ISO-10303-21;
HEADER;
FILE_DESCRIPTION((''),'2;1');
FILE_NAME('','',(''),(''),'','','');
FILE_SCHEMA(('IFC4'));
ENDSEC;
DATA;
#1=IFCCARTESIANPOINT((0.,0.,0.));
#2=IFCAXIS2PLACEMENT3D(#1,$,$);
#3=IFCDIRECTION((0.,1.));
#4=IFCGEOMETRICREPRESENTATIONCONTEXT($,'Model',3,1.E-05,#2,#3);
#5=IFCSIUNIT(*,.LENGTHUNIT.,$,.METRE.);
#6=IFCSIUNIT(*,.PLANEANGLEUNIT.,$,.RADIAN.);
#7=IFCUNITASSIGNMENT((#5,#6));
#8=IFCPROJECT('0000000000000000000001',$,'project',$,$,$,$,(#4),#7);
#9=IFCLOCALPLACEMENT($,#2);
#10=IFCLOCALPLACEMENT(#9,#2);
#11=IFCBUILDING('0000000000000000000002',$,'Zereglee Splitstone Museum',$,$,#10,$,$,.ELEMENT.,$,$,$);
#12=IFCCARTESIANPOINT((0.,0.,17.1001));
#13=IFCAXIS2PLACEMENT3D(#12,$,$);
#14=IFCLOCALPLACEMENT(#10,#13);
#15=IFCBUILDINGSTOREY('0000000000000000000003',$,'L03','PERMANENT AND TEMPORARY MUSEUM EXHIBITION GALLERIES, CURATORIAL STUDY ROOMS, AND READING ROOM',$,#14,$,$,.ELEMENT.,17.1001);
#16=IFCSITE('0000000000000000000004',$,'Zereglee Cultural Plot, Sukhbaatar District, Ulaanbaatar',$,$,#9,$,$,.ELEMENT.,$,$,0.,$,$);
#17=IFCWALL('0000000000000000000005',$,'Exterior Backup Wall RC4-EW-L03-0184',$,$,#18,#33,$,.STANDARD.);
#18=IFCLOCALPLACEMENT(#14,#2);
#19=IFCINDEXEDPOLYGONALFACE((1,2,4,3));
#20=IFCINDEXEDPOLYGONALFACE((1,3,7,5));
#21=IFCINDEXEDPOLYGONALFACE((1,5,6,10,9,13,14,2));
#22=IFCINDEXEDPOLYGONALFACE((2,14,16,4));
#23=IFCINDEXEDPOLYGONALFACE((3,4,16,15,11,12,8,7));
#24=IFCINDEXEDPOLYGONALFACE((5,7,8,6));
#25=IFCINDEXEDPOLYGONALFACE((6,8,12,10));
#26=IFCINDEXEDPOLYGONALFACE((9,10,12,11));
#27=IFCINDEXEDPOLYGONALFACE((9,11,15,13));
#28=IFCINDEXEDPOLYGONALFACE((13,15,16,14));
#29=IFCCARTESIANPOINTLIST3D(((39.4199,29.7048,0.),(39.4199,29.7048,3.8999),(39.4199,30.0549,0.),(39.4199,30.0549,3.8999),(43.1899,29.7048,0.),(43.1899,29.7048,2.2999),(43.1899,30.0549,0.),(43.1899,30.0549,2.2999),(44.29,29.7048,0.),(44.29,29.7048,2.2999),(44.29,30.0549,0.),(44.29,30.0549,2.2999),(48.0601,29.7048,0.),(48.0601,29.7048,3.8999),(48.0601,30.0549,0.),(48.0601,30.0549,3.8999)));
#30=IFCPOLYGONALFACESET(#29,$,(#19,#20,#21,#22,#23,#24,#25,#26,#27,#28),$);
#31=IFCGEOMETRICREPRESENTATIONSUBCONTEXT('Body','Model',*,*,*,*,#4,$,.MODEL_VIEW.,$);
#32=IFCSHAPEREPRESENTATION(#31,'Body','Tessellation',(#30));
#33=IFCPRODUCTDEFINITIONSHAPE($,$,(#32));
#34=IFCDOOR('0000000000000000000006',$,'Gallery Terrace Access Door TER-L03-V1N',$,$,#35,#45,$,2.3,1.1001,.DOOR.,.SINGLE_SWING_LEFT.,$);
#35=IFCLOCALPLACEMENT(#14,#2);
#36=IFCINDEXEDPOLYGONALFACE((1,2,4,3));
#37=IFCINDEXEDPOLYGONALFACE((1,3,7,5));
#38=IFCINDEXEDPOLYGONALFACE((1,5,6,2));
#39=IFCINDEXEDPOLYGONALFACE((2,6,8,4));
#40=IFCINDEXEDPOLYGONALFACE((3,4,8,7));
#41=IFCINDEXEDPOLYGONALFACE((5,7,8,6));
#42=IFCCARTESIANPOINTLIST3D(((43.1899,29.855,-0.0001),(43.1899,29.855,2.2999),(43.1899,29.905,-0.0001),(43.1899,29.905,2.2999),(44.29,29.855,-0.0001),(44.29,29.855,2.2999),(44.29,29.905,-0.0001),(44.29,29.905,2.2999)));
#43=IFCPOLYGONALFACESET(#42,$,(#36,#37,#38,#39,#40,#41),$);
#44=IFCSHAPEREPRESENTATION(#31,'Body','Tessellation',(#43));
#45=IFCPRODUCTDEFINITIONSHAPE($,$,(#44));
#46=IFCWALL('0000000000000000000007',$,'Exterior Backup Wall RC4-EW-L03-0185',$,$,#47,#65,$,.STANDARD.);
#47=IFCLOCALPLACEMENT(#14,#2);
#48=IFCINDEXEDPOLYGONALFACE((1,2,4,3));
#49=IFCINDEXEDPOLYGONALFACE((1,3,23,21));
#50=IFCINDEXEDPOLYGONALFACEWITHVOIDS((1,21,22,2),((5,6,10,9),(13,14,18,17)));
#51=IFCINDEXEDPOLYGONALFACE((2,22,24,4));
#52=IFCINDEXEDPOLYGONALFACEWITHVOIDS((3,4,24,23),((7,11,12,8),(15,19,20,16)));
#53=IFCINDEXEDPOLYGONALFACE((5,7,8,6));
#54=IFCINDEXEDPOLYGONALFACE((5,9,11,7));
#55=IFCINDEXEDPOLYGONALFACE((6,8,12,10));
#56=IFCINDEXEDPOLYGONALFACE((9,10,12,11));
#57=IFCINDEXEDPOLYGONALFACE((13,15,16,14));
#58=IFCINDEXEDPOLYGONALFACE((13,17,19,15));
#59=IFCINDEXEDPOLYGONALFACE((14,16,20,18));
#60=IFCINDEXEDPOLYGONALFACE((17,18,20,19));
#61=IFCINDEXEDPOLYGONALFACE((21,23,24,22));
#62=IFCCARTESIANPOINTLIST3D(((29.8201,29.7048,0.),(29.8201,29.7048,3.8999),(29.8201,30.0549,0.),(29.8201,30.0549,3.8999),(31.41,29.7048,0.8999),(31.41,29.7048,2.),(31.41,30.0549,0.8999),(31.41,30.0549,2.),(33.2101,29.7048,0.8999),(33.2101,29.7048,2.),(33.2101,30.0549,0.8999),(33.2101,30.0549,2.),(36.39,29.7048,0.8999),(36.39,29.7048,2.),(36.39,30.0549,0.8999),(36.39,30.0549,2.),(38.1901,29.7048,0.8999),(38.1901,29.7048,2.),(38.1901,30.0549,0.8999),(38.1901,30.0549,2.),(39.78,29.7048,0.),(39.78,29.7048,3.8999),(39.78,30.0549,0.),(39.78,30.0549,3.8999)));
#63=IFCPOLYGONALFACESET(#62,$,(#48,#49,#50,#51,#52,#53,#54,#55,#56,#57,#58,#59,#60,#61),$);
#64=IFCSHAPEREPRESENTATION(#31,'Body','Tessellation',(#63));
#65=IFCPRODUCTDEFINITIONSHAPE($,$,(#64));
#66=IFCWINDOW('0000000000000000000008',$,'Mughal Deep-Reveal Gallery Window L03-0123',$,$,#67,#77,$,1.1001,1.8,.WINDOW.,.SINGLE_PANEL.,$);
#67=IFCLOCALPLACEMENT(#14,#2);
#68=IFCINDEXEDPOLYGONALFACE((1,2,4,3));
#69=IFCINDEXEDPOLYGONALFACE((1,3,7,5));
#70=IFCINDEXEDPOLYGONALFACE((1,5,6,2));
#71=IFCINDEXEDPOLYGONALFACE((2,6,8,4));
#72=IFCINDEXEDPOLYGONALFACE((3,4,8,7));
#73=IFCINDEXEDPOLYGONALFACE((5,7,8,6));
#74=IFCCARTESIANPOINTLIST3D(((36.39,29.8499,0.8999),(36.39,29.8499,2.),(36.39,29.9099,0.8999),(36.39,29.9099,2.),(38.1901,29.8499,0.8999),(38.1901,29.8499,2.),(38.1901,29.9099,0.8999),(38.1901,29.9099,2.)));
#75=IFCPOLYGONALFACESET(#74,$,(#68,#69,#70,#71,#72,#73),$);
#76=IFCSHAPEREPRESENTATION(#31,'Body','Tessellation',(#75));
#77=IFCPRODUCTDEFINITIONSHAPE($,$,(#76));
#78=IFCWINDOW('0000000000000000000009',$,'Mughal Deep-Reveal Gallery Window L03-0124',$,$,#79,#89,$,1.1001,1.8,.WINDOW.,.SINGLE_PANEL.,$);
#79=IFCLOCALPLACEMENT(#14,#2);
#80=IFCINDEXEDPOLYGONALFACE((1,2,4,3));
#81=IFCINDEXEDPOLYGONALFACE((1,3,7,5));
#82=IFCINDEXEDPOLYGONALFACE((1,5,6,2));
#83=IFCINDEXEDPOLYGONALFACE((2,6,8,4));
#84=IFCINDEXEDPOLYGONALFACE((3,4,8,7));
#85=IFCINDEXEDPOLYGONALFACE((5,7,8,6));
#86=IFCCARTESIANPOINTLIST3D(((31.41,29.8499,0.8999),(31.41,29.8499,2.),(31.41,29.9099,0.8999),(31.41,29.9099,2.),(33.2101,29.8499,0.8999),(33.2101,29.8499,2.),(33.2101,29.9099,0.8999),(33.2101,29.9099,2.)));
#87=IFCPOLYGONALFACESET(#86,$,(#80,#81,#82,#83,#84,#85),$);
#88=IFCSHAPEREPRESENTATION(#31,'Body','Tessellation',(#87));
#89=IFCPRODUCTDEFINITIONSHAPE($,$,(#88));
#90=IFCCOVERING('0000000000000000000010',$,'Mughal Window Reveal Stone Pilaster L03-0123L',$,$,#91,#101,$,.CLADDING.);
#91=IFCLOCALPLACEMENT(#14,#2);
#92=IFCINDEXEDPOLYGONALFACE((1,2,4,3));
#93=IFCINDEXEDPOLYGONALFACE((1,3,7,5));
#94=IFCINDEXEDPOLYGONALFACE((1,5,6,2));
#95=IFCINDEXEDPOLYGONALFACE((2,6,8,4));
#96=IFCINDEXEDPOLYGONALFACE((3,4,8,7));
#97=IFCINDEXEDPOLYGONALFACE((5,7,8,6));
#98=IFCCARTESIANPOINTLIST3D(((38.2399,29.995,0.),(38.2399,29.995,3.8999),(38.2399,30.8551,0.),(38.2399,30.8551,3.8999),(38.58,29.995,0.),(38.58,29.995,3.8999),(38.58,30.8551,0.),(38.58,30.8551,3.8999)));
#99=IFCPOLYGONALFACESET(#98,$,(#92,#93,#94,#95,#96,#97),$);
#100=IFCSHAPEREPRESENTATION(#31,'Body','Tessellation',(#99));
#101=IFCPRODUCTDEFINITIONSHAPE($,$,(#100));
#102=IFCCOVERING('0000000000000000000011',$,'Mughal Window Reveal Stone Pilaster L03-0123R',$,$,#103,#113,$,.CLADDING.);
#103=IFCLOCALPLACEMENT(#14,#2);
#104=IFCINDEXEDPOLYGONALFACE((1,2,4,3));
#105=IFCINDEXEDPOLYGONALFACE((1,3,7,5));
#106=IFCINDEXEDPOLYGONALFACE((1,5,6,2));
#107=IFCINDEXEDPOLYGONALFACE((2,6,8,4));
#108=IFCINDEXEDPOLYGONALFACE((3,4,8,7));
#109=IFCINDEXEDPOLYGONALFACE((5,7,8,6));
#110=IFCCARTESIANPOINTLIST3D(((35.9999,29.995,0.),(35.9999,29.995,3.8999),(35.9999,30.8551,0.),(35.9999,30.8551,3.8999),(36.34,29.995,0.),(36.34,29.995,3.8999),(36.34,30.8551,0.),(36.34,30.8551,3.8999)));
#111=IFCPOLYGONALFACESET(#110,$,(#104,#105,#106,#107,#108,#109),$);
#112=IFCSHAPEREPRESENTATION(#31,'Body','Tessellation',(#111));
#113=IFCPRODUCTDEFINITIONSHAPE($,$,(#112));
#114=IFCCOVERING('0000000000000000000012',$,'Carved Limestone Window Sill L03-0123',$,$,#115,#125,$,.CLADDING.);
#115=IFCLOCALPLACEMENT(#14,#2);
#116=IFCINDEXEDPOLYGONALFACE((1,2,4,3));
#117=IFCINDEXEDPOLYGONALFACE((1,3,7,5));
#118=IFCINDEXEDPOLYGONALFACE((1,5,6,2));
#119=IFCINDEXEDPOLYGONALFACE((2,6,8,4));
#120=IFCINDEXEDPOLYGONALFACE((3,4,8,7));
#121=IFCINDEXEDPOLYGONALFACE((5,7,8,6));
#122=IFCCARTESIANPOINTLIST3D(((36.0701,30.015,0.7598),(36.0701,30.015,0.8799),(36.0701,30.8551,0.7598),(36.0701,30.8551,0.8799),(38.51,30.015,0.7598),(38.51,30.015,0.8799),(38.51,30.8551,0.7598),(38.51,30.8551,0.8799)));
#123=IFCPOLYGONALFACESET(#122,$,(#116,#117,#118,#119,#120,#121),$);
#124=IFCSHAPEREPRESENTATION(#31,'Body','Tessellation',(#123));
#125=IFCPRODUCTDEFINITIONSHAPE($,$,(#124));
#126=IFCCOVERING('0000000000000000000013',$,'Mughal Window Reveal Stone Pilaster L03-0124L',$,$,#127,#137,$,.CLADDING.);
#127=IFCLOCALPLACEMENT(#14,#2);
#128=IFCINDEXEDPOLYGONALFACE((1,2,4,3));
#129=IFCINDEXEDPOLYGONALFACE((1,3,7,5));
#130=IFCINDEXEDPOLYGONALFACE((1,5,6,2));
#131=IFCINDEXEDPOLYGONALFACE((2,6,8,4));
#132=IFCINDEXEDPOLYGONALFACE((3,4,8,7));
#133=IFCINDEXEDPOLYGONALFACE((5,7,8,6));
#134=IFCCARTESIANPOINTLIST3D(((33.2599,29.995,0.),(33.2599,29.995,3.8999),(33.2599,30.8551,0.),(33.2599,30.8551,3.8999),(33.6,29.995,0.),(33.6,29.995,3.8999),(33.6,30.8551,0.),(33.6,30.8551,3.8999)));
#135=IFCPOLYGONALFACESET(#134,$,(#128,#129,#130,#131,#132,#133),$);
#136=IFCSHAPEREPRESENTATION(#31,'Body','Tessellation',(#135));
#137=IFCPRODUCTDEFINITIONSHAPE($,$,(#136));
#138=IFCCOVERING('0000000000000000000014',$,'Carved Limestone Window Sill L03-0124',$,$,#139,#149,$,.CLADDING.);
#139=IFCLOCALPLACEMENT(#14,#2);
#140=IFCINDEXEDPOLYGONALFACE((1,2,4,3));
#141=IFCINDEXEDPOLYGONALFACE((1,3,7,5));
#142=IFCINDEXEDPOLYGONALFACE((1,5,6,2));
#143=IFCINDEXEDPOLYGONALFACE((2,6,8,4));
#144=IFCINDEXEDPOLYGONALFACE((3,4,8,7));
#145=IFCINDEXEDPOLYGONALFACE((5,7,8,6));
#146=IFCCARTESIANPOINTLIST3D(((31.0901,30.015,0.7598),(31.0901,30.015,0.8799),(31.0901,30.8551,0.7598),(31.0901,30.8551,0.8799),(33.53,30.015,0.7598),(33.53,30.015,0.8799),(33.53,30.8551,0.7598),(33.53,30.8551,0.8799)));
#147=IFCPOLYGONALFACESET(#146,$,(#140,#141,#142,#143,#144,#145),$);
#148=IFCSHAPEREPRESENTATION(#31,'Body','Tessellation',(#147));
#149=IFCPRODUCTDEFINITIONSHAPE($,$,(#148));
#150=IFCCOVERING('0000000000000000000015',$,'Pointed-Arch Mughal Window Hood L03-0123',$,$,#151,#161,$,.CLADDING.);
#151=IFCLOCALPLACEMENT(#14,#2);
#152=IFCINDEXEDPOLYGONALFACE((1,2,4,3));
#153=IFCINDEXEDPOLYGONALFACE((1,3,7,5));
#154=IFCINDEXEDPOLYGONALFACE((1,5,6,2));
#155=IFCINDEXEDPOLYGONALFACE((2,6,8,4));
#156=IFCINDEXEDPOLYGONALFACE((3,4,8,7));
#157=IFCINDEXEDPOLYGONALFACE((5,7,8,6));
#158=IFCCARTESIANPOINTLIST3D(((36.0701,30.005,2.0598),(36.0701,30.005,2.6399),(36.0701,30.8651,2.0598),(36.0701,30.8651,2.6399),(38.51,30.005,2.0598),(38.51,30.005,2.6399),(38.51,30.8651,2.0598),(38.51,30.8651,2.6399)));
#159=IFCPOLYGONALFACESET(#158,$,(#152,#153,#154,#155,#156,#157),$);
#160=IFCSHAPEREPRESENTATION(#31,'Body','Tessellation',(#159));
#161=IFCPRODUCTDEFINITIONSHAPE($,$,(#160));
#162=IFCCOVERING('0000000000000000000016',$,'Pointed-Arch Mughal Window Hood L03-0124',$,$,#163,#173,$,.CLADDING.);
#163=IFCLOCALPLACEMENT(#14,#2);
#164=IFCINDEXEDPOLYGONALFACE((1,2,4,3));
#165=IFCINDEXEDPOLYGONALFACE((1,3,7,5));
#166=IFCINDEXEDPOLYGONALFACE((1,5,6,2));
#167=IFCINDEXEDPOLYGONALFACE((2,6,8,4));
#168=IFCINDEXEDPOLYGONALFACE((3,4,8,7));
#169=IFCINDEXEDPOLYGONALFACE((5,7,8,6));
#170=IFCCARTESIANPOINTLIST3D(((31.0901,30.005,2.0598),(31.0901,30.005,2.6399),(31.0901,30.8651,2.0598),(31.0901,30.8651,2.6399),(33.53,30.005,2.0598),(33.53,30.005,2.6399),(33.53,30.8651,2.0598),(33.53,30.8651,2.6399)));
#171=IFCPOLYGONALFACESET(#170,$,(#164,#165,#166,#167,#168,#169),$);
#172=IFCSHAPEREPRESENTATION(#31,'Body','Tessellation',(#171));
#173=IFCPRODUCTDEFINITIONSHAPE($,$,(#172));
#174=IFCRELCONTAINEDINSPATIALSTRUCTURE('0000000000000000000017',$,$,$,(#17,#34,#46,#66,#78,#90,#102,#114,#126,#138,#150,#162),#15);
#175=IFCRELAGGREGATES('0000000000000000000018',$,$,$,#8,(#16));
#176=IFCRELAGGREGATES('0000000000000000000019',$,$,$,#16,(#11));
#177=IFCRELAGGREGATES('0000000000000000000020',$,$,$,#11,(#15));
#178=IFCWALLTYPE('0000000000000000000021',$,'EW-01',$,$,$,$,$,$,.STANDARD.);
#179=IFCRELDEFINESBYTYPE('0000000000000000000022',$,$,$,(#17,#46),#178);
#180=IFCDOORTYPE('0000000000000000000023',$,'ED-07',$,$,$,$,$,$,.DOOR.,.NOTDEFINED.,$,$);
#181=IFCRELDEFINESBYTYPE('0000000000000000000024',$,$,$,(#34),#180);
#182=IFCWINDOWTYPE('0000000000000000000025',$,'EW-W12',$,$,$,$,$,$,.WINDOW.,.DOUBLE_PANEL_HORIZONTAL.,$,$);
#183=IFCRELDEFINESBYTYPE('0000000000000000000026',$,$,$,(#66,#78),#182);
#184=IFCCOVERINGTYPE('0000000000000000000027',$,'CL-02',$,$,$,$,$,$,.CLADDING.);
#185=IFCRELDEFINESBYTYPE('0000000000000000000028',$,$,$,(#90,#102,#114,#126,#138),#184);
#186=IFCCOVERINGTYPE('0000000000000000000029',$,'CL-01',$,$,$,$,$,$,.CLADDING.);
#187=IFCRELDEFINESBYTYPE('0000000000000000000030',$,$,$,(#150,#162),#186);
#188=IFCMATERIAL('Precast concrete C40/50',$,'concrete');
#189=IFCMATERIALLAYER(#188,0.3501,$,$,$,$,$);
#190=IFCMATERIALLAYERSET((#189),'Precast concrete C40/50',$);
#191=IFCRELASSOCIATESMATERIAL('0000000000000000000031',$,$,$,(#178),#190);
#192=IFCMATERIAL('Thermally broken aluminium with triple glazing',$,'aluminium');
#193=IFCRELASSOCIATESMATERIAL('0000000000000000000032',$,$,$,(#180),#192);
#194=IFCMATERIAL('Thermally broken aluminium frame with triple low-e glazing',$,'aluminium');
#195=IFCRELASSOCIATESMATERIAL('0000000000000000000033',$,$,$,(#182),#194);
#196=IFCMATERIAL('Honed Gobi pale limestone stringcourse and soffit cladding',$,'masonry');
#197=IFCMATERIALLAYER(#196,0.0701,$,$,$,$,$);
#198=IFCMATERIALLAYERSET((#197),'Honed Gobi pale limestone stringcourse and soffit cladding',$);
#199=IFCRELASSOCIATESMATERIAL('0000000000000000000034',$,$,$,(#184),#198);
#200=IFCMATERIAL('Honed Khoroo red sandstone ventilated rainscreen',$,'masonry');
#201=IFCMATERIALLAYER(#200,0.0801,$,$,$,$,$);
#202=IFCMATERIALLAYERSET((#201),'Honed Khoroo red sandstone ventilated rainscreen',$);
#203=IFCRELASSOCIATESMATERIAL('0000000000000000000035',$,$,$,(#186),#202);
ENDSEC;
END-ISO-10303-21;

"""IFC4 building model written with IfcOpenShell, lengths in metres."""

from ifc_helpers import new_model, si_unit, direction, frame, frame_2d, origin, origin_2d, place, context, subcontext, project, spatial, rectangle, extrude, material, layer, layer_set, type_object, element, fill, save


model = new_model("IFC4")

# Units and contexts
model_context = context("Model", 3, precision=1e-05, world=origin(), true_north=direction((0.0, 1.0)))
body_context = subcontext(model_context, "Body", "Model", "MODEL_VIEW")
ifc_project = project(units=[si_unit("LENGTHUNIT", "METRE"), si_unit("PLANEANGLEUNIT", "RADIAN")], contexts=[model_context])

# Site, building, storey
site_placement = place(None, origin())
site = spatial("IfcSite", under=ifc_project, at=site_placement, Name="Zereglee Cultural Plot, Sukhbaatar District, Ulaanbaatar", CompositionType="ELEMENT", RefElevation=0.0)
building_placement = place(site_placement, origin())
building = spatial("IfcBuilding", under=site, at=building_placement, Name="Zereglee Splitstone Museum", CompositionType="ELEMENT")
storey_placement = place(building_placement, frame((0.0, 0.0, 17.1001)))
storey = spatial("IfcBuildingStorey", under=building, at=storey_placement, Name="L03", Description="PERMANENT AND TEMPORARY MUSEUM EXHIBITION GALLERIES, CURATORIAL STUDY ROOMS, AND READING ROOM", CompositionType="ELEMENT", Elevation=17.1001)

# Wall, opening, door
ifc_material_1 = material(Name="Precast concrete C40/50", Category="concrete")
ifc_layer_1 = layer(ifc_material_1, 0.3501)
ifc_layer_set_1 = layer_set([ifc_layer_1], Name="Precast concrete C40/50")
wall_type = type_object("IfcWallType", Name="EW-01", PredefinedType="STANDARD", material=ifc_layer_set_1)
wall_1_placement = place(storey_placement, frame((48.0601, 29.8799, 0.0), z_axis=(0.0, 0.0, 1.0), x_axis=(-1.0, 0.0, 0.0)))
wall_1 = element("IfcWall", 1, at=wall_1_placement, inside=storey, type_object=wall_type, Name="Exterior Backup Wall RC4-EW-L03-0184", PredefinedType="STANDARD", context=body_context, shape_type="SweptSolid", body=[
    extrude(rectangle(XDim=8.6401, YDim=0.3501, at=frame_2d((4.3201, 0.0))), origin(), (0.0, 0.0, 1.0), 3.8999),
])
opening_1_placement = place(wall_1_placement, frame((3.77, 0.0, 0.0)))
opening_1 = element("IfcOpeningElement", 2, at=opening_1_placement, cuts=wall_1, PredefinedType="OPENING", context=body_context, shape_type="SweptSolid", body=[
    extrude(rectangle(XDim=1.1001, YDim=2.3, at=frame_2d((0.55, 1.1499))), frame((0.0, 0.1899, 0.0), z_axis=(0.0, -1.0, 0.0), x_axis=(1.0, 0.0, 0.0)), (0.0, 0.0, 1.0), 0.3799),
])
ifc_material_2 = material(Name="Thermally broken aluminium with triple glazing", Category="aluminium")
door_type = type_object("IfcDoorType", Name="ED-07", OperationType="NOTDEFINED", PredefinedType="DOOR", material=ifc_material_2)
door_placement = place(opening_1_placement, origin())
door = element("IfcDoor", 3, at=door_placement, inside=storey, type_object=door_type, Name="Gallery Terrace Access Door TER-L03-V1N", OperationType="SINGLE_SWING_LEFT", OverallHeight=2.3, OverallWidth=1.1001, PredefinedType="DOOR", context=body_context, shape_type="SweptSolid", body=[
    extrude(rectangle(XDim=1.1001, YDim=2.3, at=frame_2d((0.55, 1.1499))), frame((0.0, 0.0249, 0.0), z_axis=(0.0, -1.0, 0.0), x_axis=(1.0, 0.0, 0.0)), (0.0, 0.0, 1.0), 0.05),
])
fill(opening_1, door)

# Wall, openings, windows
wall_2_placement = place(storey_placement, frame((39.78, 29.8799, 0.0), z_axis=(0.0, 0.0, 1.0), x_axis=(-1.0, 0.0, 0.0)))
wall_2 = element("IfcWall", 4, at=wall_2_placement, inside=storey, type_object=wall_type, Name="Exterior Backup Wall RC4-EW-L03-0185", PredefinedType="STANDARD", context=body_context, shape_type="SweptSolid", body=[
    extrude(rectangle(XDim=9.96, YDim=0.3501, at=frame_2d((4.98, 0.0))), origin(), (0.0, 0.0, 1.0), 3.8999),
])
opening_2_placement = place(wall_2_placement, frame((1.5901, 0.0, 0.8999)))
opening_2 = element("IfcOpeningElement", 5, at=opening_2_placement, cuts=wall_2, PredefinedType="OPENING", context=body_context, shape_type="SweptSolid", body=[
    extrude(rectangle(XDim=1.8, YDim=1.1001, at=frame_2d((0.8999, 0.55))), frame((0.0, 0.1899, 0.0), z_axis=(0.0, -1.0, 0.0), x_axis=(1.0, 0.0, 0.0)), (0.0, 0.0, 1.0), 0.3799),
])
opening_3_placement = place(wall_2_placement, frame((6.5701, 0.0, 0.8999)))
opening_3 = element("IfcOpeningElement", 6, at=opening_3_placement, cuts=wall_2, PredefinedType="OPENING", context=body_context, shape_type="SweptSolid", body=[
    extrude(rectangle(XDim=1.8, YDim=1.1001, at=frame_2d((0.8999, 0.55))), frame((0.0, 0.1899, 0.0), z_axis=(0.0, -1.0, 0.0), x_axis=(1.0, 0.0, 0.0)), (0.0, 0.0, 1.0), 0.3799),
])
ifc_material_3 = material(Name="Thermally broken aluminium frame with triple low-e glazing", Category="aluminium")
window_type = type_object("IfcWindowType", Name="EW-W12", PartitioningType="DOUBLE_PANEL_HORIZONTAL", PredefinedType="WINDOW", material=ifc_material_3)
window_1_placement = place(opening_2_placement, origin())
window_1 = element("IfcWindow", 7, at=window_1_placement, inside=storey, type_object=window_type, Name="Mughal Deep-Reveal Gallery Window L03-0123", OverallHeight=1.1001, OverallWidth=1.8, PartitioningType="SINGLE_PANEL", PredefinedType="WINDOW", context=body_context, shape_type="SweptSolid", body=[
    extrude(rectangle(XDim=1.8, YDim=1.1001, at=frame_2d((0.8999, 0.55))), frame((0.0, 0.03, 0.0), z_axis=(0.0, -1.0, 0.0), x_axis=(1.0, 0.0, 0.0)), (0.0, 0.0, 1.0), 0.0601),
])
fill(opening_2, window_1)
window_2_placement = place(opening_3_placement, origin())
window_2 = element("IfcWindow", 8, at=window_2_placement, inside=storey, type_object=window_type, Name="Mughal Deep-Reveal Gallery Window L03-0124", OverallHeight=1.1001, OverallWidth=1.8, PartitioningType="SINGLE_PANEL", PredefinedType="WINDOW", context=body_context, shape_type="SweptSolid", body=[
    extrude(rectangle(XDim=1.8, YDim=1.1001, at=frame_2d((0.8999, 0.55))), frame((0.0, 0.03, 0.0), z_axis=(0.0, -1.0, 0.0), x_axis=(1.0, 0.0, 0.0)), (0.0, 0.0, 1.0), 0.0601),
])
fill(opening_3, window_2)

# Coverings
ifc_material_4 = material(Name="Honed Gobi pale limestone stringcourse and soffit cladding", Category="masonry")
ifc_layer_2 = layer(ifc_material_4, 0.0701)
ifc_layer_set_2 = layer_set([ifc_layer_2], Name="Honed Gobi pale limestone stringcourse and soffit cladding")
covering_type_1 = type_object("IfcCoveringType", Name="CL-02", PredefinedType="CLADDING", material=ifc_layer_set_2)
for number, where, z_axis, x_axis, name in (
    (9, (38.4099, 30.425, 0.0), (0.0, 0.0, 1.0), (-1.0, 0.0, 0.0), "Mughal Window Reveal Stone Pilaster L03-0123L"),
    (10, (36.1699, 30.425, 0.0), (0.0, 0.0, 1.0), (-1.0, 0.0, 0.0), "Mughal Window Reveal Stone Pilaster L03-0123R"),
):
    element("IfcCovering", number, at=place(storey_placement, frame(where, z_axis=z_axis, x_axis=x_axis)), inside=storey, type_object=covering_type_1, Name=name, PredefinedType="CLADDING", context=body_context, shape_type="SweptSolid", body=[
        extrude(rectangle(XDim=0.3401, YDim=0.8601, at=origin_2d()), origin(), (0.0, 0.0, 1.0), 3.8999),
    ])
covering_1_placement = place(storey_placement, frame((37.29, 30.4351, 0.7598), z_axis=(0.0, 0.0, 1.0), x_axis=(-1.0, 0.0, 0.0)))
element("IfcCovering", 11, at=covering_1_placement, inside=storey, type_object=covering_type_1, Name="Carved Limestone Window Sill L03-0123", PredefinedType="CLADDING", context=body_context, shape_type="SweptSolid", body=[
    extrude(rectangle(XDim=2.4399, YDim=0.8401, at=origin_2d()), origin(), (0.0, 0.0, 1.0), 0.1201),
])
covering_2_placement = place(storey_placement, frame((33.4299, 30.425, 0.0), z_axis=(0.0, 0.0, 1.0), x_axis=(-1.0, 0.0, 0.0)))
element("IfcCovering", 12, at=covering_2_placement, inside=storey, type_object=covering_type_1, Name="Mughal Window Reveal Stone Pilaster L03-0124L", PredefinedType="CLADDING", context=body_context, shape_type="SweptSolid", body=[
    extrude(rectangle(XDim=0.3401, YDim=0.8601, at=origin_2d()), origin(), (0.0, 0.0, 1.0), 3.8999),
])
covering_3_placement = place(storey_placement, frame((32.3101, 30.4351, 0.7598), z_axis=(0.0, 0.0, 1.0), x_axis=(-1.0, 0.0, 0.0)))
element("IfcCovering", 13, at=covering_3_placement, inside=storey, type_object=covering_type_1, Name="Carved Limestone Window Sill L03-0124", PredefinedType="CLADDING", context=body_context, shape_type="SweptSolid", body=[
    extrude(rectangle(XDim=2.4399, YDim=0.8401, at=origin_2d()), origin(), (0.0, 0.0, 1.0), 0.1201),
])
ifc_material_5 = material(Name="Honed Khoroo red sandstone ventilated rainscreen", Category="masonry")
ifc_layer_3 = layer(ifc_material_5, 0.0801)
ifc_layer_set_3 = layer_set([ifc_layer_3], Name="Honed Khoroo red sandstone ventilated rainscreen")
covering_type_2 = type_object("IfcCoveringType", Name="CL-01", PredefinedType="CLADDING", material=ifc_layer_set_3)
for number, where, z_axis, x_axis, name in (
    (14, (37.29, 30.4351, 2.0598), (0.0, 0.0, 1.0), (-1.0, 0.0, 0.0), "Pointed-Arch Mughal Window Hood L03-0123"),
    (15, (32.3101, 30.4351, 2.0598), (0.0, 0.0, 1.0), (-1.0, 0.0, 0.0), "Pointed-Arch Mughal Window Hood L03-0124"),
):
    element("IfcCovering", number, at=place(storey_placement, frame(where, z_axis=z_axis, x_axis=x_axis)), inside=storey, type_object=covering_type_2, Name=name, PredefinedType="CLADDING", context=body_context, shape_type="SweptSolid", body=[
        extrude(rectangle(XDim=2.4399, YDim=0.8601, at=origin_2d()), origin(), (0.0, 0.0, 1.0), 0.5801),
    ])

save(model, "model.ifc")
